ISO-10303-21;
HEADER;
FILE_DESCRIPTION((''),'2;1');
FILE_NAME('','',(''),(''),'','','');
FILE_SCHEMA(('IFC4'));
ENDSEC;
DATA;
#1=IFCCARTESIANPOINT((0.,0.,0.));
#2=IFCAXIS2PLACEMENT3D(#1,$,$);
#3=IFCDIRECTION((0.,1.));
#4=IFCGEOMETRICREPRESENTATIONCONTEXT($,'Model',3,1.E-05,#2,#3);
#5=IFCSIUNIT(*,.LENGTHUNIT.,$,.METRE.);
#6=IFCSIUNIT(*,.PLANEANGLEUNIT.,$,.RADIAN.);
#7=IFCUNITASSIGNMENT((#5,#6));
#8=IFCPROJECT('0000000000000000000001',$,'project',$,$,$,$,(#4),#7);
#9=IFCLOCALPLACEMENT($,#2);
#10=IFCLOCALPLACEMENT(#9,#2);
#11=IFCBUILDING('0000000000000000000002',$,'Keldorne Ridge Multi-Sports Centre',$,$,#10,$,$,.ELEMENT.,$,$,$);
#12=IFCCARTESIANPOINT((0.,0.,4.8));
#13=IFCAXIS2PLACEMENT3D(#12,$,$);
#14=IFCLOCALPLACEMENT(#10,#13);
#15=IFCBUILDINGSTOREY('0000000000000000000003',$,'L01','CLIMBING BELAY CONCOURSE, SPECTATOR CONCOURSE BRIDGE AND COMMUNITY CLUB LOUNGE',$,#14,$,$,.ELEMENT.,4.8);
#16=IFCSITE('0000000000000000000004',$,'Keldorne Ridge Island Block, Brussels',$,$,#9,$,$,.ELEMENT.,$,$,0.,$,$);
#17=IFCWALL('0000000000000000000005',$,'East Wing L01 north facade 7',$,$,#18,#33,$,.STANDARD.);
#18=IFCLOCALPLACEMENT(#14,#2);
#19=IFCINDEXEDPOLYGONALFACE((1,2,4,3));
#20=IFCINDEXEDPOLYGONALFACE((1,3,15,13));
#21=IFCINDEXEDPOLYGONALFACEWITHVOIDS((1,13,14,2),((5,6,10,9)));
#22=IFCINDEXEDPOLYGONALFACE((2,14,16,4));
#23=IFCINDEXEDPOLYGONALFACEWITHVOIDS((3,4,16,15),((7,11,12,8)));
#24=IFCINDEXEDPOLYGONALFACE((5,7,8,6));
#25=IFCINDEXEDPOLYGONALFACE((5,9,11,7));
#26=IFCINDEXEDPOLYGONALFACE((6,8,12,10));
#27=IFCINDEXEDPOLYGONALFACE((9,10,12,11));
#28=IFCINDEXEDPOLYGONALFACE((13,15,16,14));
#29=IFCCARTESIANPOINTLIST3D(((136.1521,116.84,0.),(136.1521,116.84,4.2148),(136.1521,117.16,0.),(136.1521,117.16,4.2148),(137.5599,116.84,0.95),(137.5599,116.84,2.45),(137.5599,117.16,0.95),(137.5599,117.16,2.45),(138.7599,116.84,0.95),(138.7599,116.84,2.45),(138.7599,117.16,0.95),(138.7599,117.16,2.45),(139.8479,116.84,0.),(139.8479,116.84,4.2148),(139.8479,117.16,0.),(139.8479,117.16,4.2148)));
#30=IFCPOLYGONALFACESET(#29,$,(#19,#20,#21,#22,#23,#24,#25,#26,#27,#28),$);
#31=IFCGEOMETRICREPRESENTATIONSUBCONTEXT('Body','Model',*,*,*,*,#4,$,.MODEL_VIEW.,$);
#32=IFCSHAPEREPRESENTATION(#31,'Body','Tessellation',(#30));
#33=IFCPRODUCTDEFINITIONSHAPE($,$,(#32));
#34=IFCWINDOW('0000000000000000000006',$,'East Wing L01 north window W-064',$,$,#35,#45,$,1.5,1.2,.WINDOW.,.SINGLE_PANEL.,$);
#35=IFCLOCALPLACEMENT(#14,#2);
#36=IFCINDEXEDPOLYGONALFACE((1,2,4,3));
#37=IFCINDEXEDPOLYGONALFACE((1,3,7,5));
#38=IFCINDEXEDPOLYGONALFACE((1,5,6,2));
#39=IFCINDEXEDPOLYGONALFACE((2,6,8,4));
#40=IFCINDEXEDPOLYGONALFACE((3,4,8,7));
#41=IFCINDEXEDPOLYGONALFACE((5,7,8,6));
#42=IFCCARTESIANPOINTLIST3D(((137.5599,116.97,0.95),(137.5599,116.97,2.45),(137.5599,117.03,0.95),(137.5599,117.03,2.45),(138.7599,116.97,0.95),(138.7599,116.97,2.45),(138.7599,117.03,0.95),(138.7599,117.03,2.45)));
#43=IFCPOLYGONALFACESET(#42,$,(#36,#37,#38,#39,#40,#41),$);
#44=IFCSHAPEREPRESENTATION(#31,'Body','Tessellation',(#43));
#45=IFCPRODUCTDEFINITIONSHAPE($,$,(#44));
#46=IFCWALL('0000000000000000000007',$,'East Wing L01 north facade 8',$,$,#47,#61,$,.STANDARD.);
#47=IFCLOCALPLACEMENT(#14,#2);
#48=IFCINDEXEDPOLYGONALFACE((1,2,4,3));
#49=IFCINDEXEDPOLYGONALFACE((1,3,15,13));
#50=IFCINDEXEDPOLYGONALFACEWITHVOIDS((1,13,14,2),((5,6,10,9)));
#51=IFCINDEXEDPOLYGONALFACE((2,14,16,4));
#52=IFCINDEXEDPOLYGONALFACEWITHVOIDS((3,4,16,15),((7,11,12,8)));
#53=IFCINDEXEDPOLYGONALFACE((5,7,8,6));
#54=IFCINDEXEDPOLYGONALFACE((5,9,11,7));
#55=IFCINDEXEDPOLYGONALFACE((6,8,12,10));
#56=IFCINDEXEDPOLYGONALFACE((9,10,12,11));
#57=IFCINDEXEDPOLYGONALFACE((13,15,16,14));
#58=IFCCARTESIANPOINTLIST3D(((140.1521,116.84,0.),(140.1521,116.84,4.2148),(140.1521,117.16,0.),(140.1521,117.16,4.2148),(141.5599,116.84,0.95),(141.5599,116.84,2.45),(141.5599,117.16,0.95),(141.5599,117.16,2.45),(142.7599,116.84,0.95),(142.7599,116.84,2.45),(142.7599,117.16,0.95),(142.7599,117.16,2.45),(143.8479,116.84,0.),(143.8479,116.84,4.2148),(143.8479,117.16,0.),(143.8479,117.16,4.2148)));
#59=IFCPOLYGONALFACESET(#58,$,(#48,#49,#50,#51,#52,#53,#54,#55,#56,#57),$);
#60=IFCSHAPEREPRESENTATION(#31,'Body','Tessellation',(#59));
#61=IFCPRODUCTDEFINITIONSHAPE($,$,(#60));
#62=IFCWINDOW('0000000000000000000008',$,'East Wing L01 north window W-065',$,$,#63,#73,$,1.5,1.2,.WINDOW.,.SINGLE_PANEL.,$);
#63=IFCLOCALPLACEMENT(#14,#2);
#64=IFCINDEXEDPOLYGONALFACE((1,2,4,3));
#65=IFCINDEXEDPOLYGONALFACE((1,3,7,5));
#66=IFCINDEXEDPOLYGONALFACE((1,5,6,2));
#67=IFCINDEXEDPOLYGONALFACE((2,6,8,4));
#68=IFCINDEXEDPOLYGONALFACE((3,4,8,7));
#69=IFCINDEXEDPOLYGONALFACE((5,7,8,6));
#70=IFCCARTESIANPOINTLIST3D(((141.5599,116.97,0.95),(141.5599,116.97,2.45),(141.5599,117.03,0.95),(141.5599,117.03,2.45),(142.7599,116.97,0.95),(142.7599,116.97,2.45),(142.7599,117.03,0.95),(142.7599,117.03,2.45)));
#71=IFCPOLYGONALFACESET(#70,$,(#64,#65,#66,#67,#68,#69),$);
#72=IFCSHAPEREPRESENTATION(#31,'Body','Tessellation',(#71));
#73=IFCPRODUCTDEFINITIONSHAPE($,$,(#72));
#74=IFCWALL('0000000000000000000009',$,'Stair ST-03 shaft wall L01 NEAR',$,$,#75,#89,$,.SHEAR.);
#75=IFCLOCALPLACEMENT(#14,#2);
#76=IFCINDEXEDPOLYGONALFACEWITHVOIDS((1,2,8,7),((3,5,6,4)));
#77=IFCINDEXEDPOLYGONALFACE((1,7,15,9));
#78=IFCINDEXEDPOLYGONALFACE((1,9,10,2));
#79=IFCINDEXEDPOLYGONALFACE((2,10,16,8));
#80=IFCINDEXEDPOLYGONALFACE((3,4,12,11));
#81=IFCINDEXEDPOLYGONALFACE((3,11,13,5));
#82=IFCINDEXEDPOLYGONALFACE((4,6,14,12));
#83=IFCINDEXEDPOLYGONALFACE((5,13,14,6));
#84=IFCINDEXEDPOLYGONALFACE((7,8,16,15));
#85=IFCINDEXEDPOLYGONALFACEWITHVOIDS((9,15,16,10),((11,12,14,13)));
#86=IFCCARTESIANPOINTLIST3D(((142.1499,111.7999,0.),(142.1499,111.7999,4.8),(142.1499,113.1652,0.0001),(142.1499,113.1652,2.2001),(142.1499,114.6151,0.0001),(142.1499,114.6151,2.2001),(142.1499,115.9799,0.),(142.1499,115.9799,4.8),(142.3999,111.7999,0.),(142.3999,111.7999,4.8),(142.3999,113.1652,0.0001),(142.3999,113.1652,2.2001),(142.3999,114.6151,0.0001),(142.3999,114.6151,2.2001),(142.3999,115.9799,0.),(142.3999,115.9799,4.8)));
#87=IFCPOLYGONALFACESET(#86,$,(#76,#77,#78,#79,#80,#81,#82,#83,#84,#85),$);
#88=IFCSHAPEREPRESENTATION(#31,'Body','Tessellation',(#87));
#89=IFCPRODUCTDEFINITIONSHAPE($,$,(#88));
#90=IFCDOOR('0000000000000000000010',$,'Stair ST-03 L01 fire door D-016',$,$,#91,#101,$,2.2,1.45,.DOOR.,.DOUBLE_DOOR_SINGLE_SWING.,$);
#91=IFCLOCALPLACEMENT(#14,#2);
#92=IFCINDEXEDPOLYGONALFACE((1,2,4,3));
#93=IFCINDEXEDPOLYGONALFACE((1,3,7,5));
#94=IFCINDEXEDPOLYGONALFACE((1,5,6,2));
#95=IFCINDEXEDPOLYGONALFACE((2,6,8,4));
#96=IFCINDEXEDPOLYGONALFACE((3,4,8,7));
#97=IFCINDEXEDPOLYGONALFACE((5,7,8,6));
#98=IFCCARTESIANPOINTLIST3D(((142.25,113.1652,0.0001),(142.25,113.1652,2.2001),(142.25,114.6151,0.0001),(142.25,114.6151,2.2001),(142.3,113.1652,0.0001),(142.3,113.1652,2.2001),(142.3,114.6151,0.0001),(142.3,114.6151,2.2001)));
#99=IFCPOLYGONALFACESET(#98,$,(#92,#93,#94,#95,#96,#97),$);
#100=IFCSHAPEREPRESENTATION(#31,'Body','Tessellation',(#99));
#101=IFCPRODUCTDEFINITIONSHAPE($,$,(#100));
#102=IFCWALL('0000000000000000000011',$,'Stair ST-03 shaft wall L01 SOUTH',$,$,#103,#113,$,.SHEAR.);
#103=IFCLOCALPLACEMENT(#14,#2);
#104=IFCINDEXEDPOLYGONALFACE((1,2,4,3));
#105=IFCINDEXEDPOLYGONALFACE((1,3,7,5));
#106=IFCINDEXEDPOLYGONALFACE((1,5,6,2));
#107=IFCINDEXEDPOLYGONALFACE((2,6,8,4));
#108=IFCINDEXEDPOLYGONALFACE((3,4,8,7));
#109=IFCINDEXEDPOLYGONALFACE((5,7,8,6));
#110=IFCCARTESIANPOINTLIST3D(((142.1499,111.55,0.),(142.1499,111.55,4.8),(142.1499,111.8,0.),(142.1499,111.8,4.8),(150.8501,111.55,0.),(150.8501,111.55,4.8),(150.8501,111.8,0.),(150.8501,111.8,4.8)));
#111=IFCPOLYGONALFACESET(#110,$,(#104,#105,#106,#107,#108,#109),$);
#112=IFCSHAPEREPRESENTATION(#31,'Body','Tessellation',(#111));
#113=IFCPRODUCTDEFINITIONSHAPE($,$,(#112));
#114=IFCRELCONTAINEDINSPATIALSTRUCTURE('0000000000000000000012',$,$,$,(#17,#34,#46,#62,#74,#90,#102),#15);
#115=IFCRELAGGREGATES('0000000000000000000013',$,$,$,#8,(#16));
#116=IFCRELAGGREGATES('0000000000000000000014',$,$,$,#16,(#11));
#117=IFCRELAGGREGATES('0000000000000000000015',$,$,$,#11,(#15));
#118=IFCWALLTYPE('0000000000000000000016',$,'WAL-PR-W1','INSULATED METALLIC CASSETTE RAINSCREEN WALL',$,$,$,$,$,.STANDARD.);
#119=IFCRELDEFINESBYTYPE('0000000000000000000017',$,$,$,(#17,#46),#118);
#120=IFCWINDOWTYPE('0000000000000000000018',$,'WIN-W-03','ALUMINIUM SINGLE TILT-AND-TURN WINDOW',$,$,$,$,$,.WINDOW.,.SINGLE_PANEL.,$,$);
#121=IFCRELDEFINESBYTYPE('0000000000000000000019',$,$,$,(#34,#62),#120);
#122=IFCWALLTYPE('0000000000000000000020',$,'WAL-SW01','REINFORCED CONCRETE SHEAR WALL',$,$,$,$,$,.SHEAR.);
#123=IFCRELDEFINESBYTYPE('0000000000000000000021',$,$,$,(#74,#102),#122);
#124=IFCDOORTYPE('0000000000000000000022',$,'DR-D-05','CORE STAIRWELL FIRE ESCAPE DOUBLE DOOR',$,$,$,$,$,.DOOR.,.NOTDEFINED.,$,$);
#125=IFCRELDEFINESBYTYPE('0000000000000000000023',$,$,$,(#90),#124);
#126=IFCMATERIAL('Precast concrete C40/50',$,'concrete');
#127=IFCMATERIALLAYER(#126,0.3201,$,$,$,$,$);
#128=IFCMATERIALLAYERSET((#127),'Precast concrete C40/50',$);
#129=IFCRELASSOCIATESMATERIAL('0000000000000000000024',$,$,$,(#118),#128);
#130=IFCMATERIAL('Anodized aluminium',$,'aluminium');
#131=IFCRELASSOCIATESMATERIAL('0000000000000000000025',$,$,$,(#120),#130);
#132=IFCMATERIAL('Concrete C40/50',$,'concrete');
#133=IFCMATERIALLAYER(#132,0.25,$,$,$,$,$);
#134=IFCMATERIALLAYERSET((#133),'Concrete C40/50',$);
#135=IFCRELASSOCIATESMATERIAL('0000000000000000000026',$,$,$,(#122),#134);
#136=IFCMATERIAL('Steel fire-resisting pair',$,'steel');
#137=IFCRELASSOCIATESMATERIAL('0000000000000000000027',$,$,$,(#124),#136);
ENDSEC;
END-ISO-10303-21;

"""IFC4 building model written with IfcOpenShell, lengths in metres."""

from ifc_helpers import new_model, si_unit, direction, frame, frame_2d, origin, place, context, subcontext, project, spatial, rectangle, extrude, material, layer, layer_set, type_object, element, fill, save


model = new_model("IFC4")

# Units and contexts
model_context = context("Model", 3, precision=1e-05, world=origin(), true_north=direction((0.0, 1.0)))
body_context = subcontext(model_context, "Body", "Model", "MODEL_VIEW")
ifc_project = project(units=[si_unit("LENGTHUNIT", "METRE"), si_unit("PLANEANGLEUNIT", "RADIAN")], contexts=[model_context])

# Site, building, storey
site_placement = place(None, origin())
site = spatial("IfcSite", under=ifc_project, at=site_placement, Name="Keldorne Ridge Island Block, Brussels", CompositionType="ELEMENT", RefElevation=0.0)
building_placement = place(site_placement, origin())
building = spatial("IfcBuilding", under=site, at=building_placement, Name="Keldorne Ridge Multi-Sports Centre", CompositionType="ELEMENT")
storey_placement = place(building_placement, frame((0.0, 0.0, 4.8)))
storey = spatial("IfcBuildingStorey", under=building, at=storey_placement, Name="L01", Description="CLIMBING BELAY CONCOURSE, SPECTATOR CONCOURSE BRIDGE AND COMMUNITY CLUB LOUNGE", CompositionType="ELEMENT", Elevation=4.8)

# Walls, openings, windows
ifc_material_1 = material(Name="Precast concrete C40/50", Category="concrete")
ifc_layer_1 = layer(ifc_material_1, 0.3201)
ifc_layer_set_1 = layer_set([ifc_layer_1], Name="Precast concrete C40/50")
wall_type_1 = type_object("IfcWallType", Name="WAL-PR-W1", Description="INSULATED METALLIC CASSETTE RAINSCREEN WALL", PredefinedType="STANDARD", material=ifc_layer_set_1)
wall_1_placement = place(storey_placement, frame((139.8479, 117.0, 0.0), z_axis=(0.0, 0.0, 1.0), x_axis=(-1.0, 0.0, 0.0)))
wall_1 = element("IfcWall", 1, at=wall_1_placement, inside=storey, type_object=wall_type_1, Name="East Wing L01 north facade 7", PredefinedType="STANDARD", context=body_context, shape_type="SweptSolid", body=[
    extrude(rectangle(XDim=3.6958, YDim=0.3201, at=frame_2d((1.8479, 0.0))), origin(), (0.0, 0.0, 1.0), 4.2148),
])
opening_1_placement = place(wall_1_placement, frame((1.0879, 0.0, 0.95)))
opening_1 = element("IfcOpeningElement", 2, at=opening_1_placement, cuts=wall_1, PredefinedType="OPENING", context=body_context, shape_type="SweptSolid", body=[
    extrude(rectangle(XDim=1.2, YDim=1.5, at=frame_2d((0.6001, 0.75))), frame((0.0, 0.1699, 0.0), z_axis=(0.0, -1.0, 0.0), x_axis=(1.0, 0.0, 0.0)), (0.0, 0.0, 1.0), 0.3401),
])
ifc_material_2 = material(Name="Anodized aluminium", Category="aluminium")
window_type = type_object("IfcWindowType", Name="WIN-W-03", Description="ALUMINIUM SINGLE TILT-AND-TURN WINDOW", PartitioningType="SINGLE_PANEL", PredefinedType="WINDOW", material=ifc_material_2)
window_1_placement = place(opening_1_placement, origin())
window_1 = element("IfcWindow", 3, at=window_1_placement, inside=storey, type_object=window_type, Name="East Wing L01 north window W-064", OverallHeight=1.5, OverallWidth=1.2, PartitioningType="SINGLE_PANEL", PredefinedType="WINDOW", context=body_context, shape_type="SweptSolid", body=[
    extrude(rectangle(XDim=1.2, YDim=1.5, at=frame_2d((0.6001, 0.75))), frame((0.0, 0.03, 0.0), z_axis=(0.0, -1.0, 0.0), x_axis=(1.0, 0.0, 0.0)), (0.0, 0.0, 1.0), 0.0601),
])
fill(opening_1, window_1)
wall_2_placement = place(storey_placement, frame((143.8479, 117.0, 0.0), z_axis=(0.0, 0.0, 1.0), x_axis=(-1.0, 0.0, 0.0)))
wall_2 = element("IfcWall", 4, at=wall_2_placement, inside=storey, type_object=wall_type_1, Name="East Wing L01 north facade 8", PredefinedType="STANDARD", context=body_context, shape_type="SweptSolid", body=[
    extrude(rectangle(XDim=3.6958, YDim=0.3201, at=frame_2d((1.8479, 0.0))), origin(), (0.0, 0.0, 1.0), 4.2148),
])
opening_2_placement = place(wall_2_placement, frame((1.0879, 0.0, 0.95)))
opening_2 = element("IfcOpeningElement", 5, at=opening_2_placement, cuts=wall_2, PredefinedType="OPENING", context=body_context, shape_type="SweptSolid", body=[
    extrude(rectangle(XDim=1.2, YDim=1.5, at=frame_2d((0.6001, 0.75))), frame((0.0, 0.1699, 0.0), z_axis=(0.0, -1.0, 0.0), x_axis=(1.0, 0.0, 0.0)), (0.0, 0.0, 1.0), 0.3401),
])
window_2_placement = place(opening_2_placement, origin())
window_2 = element("IfcWindow", 6, at=window_2_placement, inside=storey, type_object=window_type, Name="East Wing L01 north window W-065", OverallHeight=1.5, OverallWidth=1.2, PartitioningType="SINGLE_PANEL", PredefinedType="WINDOW", context=body_context, shape_type="SweptSolid", body=[
    extrude(rectangle(XDim=1.2, YDim=1.5, at=frame_2d((0.6001, 0.75))), frame((0.0, 0.03, 0.0), z_axis=(0.0, -1.0, 0.0), x_axis=(1.0, 0.0, 0.0)), (0.0, 0.0, 1.0), 0.0601),
])
fill(opening_2, window_2)

# Wall, opening, door
ifc_material_3 = material(Name="Concrete C40/50", Category="concrete")
ifc_layer_2 = layer(ifc_material_3, 0.25)
ifc_layer_set_2 = layer_set([ifc_layer_2], Name="Concrete C40/50")
wall_type_2 = type_object("IfcWallType", Name="WAL-SW01", Description="REINFORCED CONCRETE SHEAR WALL", PredefinedType="SHEAR", material=ifc_layer_set_2)
wall_3_placement = place(storey_placement, frame((142.2749, 111.8, 0.0), z_axis=(0.0, 0.0, 1.0), x_axis=(0.0, 1.0, 0.0)))
wall_3 = element("IfcWall", 7, at=wall_3_placement, inside=storey, type_object=wall_type_2, Name="Stair ST-03 shaft wall L01 NEAR", PredefinedType="SHEAR", context=body_context, shape_type="SweptSolid", body=[
    extrude(rectangle(XDim=4.1799, YDim=0.25, at=frame_2d((2.0898, 0.0))), origin(), (0.0, 0.0, 1.0), 4.8),
])
opening_3_placement = place(wall_3_placement, frame((1.365, 0.0, 0.0)))
opening_3 = element("IfcOpeningElement", 8, at=opening_3_placement, cuts=wall_3, PredefinedType="OPENING", context=body_context, shape_type="SweptSolid", body=[
    extrude(rectangle(XDim=1.45, YDim=2.2, at=frame_2d((0.7251, 1.1001))), frame((0.0, 0.135, 0.0), z_axis=(0.0, -1.0, 0.0), x_axis=(1.0, 0.0, 0.0)), (0.0, 0.0, 1.0), 0.27),
])
ifc_material_4 = material(Name="Steel fire-resisting pair", Category="steel")
door_type = type_object("IfcDoorType", Name="DR-D-05", Description="CORE STAIRWELL FIRE ESCAPE DOUBLE DOOR", OperationType="NOTDEFINED", PredefinedType="DOOR", material=ifc_material_4)
door_placement = place(opening_3_placement, origin())
door = element("IfcDoor", 9, at=door_placement, inside=storey, type_object=door_type, Name="Stair ST-03 L01 fire door D-016", OperationType="DOUBLE_DOOR_SINGLE_SWING", OverallHeight=2.2, OverallWidth=1.45, PredefinedType="DOOR", context=body_context, shape_type="SweptSolid", body=[
    extrude(rectangle(XDim=1.45, YDim=2.2, at=frame_2d((0.7251, 1.1001))), frame((0.0, 0.0249, 0.0), z_axis=(0.0, -1.0, 0.0), x_axis=(1.0, 0.0, 0.0)), (0.0, 0.0, 1.0), 0.05),
])
fill(opening_3, door)

# Wall
wall_4_placement = place(storey_placement, frame((142.1499, 111.675, 0.0), z_axis=(0.0, 0.0, 1.0), x_axis=(1.0, 0.0, 0.0)))
element("IfcWall", 10, at=wall_4_placement, inside=storey, type_object=wall_type_2, Name="Stair ST-03 shaft wall L01 SOUTH", PredefinedType="SHEAR", context=body_context, shape_type="SweptSolid", body=[
    extrude(rectangle(XDim=8.7002, YDim=0.25, at=frame_2d((4.3501, 0.0))), origin(), (0.0, 0.0, 1.0), 4.8),
])

save(model, "model.ifc")
